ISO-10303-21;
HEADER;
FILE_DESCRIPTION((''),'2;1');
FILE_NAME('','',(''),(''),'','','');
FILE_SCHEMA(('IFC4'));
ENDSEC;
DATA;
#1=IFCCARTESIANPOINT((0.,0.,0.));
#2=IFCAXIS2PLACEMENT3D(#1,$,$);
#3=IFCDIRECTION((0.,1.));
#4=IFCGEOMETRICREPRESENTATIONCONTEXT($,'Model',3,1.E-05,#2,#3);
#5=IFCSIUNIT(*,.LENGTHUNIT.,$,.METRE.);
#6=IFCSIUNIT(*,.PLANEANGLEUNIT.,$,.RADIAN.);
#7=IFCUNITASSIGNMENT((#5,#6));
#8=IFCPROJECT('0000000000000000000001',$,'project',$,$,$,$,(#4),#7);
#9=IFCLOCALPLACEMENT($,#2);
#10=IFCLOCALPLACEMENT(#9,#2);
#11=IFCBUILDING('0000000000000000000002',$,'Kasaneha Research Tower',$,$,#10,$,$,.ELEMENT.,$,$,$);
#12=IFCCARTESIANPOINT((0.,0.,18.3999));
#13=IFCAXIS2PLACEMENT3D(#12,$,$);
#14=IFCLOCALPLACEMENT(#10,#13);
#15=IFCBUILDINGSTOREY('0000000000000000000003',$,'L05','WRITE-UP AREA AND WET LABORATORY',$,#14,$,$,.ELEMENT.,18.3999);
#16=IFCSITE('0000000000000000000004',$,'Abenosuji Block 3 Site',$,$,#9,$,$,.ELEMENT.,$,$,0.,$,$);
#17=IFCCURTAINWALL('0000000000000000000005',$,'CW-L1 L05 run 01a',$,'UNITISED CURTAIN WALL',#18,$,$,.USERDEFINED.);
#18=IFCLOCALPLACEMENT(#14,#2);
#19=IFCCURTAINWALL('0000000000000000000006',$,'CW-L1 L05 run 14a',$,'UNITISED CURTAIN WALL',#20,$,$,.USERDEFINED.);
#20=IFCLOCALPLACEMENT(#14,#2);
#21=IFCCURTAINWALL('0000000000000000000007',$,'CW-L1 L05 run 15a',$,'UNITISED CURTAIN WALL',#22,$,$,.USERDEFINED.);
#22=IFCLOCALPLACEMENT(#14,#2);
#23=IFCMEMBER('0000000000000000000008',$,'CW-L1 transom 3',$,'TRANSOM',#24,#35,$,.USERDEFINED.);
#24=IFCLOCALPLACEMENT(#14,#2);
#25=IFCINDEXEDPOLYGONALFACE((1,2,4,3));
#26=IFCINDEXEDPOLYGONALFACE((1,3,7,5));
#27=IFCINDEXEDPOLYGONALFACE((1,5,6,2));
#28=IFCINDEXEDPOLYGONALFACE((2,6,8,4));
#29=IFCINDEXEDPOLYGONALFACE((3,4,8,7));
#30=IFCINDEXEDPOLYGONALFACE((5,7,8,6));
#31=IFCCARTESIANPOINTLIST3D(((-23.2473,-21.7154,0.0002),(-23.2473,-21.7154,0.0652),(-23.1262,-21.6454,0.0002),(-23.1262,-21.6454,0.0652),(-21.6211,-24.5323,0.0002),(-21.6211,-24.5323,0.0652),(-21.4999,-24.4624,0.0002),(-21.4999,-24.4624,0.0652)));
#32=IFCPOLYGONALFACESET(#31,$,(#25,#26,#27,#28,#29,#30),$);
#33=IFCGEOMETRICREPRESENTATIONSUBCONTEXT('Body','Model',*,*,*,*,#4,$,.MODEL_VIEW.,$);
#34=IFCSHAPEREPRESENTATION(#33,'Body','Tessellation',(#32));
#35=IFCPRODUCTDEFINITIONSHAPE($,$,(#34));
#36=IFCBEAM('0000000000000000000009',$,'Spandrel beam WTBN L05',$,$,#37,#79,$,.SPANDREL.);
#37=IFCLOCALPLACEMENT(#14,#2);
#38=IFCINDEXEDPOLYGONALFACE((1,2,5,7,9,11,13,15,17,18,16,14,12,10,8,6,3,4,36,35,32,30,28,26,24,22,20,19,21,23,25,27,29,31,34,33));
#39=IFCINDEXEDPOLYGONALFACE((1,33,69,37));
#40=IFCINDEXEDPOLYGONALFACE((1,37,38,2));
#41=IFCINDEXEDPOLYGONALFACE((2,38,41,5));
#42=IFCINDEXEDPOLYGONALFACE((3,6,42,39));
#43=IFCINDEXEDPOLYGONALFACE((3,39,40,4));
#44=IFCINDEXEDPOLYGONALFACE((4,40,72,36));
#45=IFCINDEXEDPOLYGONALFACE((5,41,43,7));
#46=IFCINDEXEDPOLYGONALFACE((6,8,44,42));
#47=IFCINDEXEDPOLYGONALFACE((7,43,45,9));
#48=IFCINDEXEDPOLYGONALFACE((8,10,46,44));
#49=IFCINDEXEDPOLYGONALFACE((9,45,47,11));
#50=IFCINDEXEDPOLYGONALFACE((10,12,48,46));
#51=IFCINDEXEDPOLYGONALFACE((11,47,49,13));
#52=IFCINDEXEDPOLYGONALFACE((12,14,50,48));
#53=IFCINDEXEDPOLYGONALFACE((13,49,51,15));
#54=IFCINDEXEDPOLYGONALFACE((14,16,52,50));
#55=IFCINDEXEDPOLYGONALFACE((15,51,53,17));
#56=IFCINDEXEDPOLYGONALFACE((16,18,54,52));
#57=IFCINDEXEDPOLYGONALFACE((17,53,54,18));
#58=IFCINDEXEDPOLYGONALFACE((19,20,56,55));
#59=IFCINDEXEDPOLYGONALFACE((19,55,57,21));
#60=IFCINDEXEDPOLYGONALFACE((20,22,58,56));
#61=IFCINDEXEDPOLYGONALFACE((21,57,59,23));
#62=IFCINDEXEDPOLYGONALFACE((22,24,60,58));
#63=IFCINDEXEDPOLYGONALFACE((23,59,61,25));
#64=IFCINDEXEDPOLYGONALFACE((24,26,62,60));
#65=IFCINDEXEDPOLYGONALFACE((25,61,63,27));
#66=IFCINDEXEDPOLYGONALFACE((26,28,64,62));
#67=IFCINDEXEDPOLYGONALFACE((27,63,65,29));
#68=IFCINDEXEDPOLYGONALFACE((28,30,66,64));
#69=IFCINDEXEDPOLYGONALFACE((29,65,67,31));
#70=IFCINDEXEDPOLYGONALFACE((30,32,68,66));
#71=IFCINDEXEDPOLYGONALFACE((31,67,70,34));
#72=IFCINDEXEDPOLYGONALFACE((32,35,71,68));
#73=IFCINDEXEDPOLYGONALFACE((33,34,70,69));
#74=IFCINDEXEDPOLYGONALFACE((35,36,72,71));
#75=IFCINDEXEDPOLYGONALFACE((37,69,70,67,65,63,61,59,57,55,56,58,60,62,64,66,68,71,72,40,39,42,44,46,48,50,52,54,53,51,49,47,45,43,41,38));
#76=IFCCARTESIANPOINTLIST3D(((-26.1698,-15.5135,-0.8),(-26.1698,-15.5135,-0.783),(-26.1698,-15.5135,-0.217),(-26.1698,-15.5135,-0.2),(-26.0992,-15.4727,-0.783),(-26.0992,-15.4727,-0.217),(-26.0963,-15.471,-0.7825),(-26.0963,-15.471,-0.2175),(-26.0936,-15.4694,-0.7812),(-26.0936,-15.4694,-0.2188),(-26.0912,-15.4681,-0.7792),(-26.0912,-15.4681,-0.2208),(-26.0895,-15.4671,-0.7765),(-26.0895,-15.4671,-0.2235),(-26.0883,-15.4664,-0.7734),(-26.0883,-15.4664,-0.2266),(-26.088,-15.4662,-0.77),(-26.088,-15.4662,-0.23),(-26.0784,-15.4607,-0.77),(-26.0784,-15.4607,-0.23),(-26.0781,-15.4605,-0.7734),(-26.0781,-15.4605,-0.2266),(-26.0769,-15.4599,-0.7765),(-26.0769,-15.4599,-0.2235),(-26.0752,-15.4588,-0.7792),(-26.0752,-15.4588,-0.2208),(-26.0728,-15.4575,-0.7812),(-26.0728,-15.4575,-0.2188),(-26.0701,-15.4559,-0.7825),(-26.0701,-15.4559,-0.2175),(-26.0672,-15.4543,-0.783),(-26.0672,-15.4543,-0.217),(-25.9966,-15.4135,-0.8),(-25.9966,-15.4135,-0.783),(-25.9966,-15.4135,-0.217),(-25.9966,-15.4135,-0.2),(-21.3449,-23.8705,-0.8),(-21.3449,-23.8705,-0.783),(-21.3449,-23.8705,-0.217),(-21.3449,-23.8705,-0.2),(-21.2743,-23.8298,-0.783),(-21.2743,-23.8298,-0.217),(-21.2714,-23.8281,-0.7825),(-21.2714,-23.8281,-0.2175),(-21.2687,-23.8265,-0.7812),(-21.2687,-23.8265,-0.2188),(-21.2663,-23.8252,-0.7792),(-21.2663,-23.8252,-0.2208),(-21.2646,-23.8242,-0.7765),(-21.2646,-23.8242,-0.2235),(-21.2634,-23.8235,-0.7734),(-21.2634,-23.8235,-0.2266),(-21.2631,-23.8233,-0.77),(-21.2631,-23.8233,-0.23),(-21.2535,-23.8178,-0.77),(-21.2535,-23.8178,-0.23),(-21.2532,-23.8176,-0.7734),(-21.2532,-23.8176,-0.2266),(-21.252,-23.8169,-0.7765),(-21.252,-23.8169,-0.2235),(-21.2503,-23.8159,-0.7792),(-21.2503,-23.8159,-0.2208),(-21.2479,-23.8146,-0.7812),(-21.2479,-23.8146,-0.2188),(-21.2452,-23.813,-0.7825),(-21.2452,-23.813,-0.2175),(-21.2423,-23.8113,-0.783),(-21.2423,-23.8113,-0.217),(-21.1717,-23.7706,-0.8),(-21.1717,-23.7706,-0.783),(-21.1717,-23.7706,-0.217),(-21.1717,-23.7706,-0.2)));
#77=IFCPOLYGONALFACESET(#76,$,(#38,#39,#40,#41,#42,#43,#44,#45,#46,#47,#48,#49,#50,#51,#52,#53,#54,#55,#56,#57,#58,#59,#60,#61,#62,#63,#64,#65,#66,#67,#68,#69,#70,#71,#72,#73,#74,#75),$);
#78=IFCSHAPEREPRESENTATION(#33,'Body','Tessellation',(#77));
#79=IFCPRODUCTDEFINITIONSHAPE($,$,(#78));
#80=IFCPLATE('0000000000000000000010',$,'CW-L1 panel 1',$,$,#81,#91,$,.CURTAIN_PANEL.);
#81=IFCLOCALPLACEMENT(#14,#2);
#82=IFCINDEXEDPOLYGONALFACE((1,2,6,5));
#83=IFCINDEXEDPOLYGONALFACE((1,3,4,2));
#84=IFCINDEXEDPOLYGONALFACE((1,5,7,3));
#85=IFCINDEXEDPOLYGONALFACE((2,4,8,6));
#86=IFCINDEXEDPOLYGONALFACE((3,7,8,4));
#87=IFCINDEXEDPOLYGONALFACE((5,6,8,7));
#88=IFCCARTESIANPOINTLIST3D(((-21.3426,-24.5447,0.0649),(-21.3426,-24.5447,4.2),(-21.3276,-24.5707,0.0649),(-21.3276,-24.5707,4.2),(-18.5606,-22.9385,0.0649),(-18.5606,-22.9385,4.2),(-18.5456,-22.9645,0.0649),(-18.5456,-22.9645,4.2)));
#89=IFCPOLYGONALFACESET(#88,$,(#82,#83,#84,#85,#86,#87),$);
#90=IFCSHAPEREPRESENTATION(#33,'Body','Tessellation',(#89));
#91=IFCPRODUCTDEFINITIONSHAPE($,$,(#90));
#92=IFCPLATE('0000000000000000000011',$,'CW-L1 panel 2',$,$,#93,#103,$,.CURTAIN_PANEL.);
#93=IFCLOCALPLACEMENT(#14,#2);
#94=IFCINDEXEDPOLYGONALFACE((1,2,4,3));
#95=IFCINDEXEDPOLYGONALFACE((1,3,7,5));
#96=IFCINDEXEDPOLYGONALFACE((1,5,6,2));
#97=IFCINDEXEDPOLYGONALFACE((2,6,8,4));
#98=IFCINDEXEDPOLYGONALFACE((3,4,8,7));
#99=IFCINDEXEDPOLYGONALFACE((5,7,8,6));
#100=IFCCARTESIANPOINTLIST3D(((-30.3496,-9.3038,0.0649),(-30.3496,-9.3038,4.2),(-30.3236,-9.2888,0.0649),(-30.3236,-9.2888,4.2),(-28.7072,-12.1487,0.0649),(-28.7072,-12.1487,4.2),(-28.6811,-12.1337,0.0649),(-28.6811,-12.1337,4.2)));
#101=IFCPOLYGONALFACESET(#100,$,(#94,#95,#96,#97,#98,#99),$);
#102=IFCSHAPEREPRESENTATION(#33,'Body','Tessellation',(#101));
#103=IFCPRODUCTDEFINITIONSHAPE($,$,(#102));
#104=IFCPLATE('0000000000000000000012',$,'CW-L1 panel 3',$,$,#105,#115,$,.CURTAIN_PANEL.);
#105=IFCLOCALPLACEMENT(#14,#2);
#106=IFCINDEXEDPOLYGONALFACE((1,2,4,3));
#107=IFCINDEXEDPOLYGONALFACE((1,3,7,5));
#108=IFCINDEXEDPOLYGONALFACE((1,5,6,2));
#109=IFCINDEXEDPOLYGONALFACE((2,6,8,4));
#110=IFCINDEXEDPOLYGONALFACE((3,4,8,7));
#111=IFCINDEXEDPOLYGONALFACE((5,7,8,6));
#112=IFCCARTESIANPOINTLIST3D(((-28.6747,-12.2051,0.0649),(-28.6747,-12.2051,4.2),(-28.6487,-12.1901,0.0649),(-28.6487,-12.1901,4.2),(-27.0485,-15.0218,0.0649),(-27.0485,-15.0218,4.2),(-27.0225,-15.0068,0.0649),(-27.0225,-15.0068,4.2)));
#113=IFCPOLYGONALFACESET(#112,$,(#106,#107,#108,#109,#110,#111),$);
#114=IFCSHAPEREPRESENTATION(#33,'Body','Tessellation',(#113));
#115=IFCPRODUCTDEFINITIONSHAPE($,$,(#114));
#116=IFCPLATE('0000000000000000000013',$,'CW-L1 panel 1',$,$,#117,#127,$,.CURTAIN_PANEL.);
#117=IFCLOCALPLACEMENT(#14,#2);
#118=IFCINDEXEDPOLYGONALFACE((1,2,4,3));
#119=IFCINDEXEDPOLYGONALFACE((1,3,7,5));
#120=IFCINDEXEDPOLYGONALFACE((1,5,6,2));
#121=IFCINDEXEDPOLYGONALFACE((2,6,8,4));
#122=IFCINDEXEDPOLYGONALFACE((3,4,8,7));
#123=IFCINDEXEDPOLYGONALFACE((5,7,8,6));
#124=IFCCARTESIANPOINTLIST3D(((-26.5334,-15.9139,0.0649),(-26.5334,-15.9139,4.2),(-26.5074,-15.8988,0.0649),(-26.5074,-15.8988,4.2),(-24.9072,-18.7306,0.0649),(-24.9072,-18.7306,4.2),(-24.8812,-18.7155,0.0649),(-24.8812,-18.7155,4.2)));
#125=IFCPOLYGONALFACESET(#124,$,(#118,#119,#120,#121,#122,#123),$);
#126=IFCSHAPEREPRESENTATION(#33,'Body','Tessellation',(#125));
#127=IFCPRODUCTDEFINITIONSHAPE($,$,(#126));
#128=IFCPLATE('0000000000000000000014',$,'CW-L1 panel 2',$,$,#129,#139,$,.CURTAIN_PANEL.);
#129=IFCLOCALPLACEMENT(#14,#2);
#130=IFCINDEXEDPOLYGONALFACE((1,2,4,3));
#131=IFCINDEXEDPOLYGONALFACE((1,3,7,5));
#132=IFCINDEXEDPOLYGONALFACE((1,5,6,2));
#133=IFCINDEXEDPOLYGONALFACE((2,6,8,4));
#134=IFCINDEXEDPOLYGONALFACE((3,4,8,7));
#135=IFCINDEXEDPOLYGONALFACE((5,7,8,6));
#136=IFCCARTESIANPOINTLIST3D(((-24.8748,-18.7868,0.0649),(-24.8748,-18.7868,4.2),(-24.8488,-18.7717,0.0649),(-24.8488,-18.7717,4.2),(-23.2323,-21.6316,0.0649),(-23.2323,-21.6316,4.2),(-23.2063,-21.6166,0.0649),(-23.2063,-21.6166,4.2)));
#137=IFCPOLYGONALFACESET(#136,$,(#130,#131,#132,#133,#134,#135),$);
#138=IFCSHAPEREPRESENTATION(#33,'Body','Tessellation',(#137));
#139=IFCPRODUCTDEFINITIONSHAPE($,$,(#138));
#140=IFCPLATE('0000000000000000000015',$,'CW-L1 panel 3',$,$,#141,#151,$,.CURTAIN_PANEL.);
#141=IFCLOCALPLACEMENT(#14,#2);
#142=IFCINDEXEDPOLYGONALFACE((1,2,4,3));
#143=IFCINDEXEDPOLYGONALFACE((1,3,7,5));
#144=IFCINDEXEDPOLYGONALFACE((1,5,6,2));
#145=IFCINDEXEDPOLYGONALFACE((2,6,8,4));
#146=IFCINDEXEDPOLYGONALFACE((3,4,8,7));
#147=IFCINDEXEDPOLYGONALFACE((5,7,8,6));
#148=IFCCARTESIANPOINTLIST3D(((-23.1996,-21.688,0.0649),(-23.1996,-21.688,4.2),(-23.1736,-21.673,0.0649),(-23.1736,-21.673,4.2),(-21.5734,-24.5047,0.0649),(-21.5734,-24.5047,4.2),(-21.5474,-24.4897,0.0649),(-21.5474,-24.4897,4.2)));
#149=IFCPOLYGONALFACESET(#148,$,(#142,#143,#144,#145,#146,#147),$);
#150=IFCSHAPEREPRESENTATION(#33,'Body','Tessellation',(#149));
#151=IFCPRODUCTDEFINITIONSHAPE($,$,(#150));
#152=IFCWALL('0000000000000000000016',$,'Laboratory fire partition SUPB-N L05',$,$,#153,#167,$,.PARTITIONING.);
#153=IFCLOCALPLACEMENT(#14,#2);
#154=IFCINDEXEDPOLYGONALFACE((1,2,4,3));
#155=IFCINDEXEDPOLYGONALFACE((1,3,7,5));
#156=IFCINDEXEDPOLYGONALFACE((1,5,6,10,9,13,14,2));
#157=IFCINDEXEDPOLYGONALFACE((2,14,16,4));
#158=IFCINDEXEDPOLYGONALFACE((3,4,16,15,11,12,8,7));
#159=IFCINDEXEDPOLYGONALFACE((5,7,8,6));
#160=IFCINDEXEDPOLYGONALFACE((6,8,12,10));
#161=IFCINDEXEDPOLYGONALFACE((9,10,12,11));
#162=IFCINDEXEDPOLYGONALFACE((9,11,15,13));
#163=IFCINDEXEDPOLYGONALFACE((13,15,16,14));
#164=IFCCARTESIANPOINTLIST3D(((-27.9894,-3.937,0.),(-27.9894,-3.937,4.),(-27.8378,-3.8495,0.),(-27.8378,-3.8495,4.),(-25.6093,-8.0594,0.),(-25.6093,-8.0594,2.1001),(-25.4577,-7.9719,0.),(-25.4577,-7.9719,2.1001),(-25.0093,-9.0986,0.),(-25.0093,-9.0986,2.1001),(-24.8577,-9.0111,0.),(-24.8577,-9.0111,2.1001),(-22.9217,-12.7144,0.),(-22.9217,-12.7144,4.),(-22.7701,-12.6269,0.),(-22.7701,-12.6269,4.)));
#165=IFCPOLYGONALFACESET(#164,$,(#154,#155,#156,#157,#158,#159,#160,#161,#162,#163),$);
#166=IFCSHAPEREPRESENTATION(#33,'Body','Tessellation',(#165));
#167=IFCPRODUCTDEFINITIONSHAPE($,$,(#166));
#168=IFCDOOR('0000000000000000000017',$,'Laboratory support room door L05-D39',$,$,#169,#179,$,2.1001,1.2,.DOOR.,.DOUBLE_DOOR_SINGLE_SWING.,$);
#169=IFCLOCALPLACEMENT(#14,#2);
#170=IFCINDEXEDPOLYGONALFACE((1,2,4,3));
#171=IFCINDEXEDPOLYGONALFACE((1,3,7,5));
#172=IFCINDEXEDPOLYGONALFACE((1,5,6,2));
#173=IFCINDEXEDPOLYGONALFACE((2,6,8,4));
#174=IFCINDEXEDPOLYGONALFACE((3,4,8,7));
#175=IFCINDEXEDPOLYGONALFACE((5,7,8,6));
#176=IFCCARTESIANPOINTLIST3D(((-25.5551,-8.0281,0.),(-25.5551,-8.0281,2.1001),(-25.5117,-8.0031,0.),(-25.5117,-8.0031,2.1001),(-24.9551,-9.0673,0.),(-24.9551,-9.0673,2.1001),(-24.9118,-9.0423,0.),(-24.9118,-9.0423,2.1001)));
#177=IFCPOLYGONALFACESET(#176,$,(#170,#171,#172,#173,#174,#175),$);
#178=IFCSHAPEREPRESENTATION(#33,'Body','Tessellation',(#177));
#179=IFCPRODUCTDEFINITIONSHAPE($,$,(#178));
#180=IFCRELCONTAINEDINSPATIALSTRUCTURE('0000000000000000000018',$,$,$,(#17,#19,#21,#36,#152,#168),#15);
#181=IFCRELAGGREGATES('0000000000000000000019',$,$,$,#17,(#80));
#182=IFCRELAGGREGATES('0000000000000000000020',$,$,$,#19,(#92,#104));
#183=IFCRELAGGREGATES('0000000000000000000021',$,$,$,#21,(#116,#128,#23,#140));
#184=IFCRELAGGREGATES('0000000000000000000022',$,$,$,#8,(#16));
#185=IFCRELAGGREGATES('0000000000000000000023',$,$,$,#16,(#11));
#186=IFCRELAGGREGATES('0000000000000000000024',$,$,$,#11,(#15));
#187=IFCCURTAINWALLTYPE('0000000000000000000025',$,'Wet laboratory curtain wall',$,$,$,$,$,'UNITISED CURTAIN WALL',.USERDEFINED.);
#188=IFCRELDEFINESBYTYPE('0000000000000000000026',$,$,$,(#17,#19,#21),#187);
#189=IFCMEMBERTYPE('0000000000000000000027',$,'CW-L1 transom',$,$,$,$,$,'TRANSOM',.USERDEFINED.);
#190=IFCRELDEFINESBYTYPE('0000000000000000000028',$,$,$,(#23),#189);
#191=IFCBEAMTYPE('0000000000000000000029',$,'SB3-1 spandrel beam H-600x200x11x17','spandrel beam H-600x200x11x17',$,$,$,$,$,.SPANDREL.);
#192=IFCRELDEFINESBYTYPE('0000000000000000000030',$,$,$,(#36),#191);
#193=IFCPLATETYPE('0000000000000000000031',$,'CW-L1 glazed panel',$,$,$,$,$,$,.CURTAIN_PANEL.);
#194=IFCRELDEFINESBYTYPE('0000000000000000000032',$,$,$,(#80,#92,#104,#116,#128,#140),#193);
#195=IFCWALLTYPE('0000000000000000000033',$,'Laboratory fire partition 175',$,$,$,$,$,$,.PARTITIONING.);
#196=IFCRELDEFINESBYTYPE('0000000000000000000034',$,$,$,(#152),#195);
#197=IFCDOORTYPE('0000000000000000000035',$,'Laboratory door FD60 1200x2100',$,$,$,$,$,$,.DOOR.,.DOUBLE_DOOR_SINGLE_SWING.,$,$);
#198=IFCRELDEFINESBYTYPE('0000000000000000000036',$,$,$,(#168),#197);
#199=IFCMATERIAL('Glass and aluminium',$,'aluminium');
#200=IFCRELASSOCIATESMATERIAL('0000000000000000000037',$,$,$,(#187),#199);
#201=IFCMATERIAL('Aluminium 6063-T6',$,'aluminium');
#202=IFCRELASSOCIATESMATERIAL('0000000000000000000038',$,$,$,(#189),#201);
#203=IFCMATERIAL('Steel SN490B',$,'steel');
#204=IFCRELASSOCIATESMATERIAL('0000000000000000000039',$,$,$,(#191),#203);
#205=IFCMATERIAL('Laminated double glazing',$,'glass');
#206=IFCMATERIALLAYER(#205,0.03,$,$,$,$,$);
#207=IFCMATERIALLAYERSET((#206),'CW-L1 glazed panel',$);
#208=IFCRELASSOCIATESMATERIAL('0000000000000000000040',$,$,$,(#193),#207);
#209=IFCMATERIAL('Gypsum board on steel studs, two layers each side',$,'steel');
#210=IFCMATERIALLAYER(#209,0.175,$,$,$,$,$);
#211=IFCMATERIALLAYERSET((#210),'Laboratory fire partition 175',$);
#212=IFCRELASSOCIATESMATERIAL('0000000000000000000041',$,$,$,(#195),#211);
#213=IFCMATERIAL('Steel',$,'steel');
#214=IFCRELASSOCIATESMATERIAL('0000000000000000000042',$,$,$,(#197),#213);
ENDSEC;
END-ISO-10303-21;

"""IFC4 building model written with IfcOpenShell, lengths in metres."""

from ifc_helpers import new_model, si_unit, direction, frame, frame_2d, origin, origin_2d, place, context, subcontext, project, spatial, rectangle, i_section, extrude, material, layer, layer_set, material_profile, profile_set, type_object, element, fill, aggregate, save


model = new_model("IFC4")

# Units and contexts
model_context = context("Model", 3, precision=1e-05, world=origin(), true_north=direction((0.0, 1.0)))
body_context = subcontext(model_context, "Body", "Model", "MODEL_VIEW")
ifc_project = project(units=[si_unit("LENGTHUNIT", "METRE"), si_unit("PLANEANGLEUNIT", "RADIAN")], contexts=[model_context])

# Site, building, storey
site_placement = place(None, origin())
site = spatial("IfcSite", under=ifc_project, at=site_placement, Name="Abenosuji Block 3 Site", CompositionType="ELEMENT", RefElevation=0.0)
building_placement = place(site_placement, origin())
building = spatial("IfcBuilding", under=site, at=building_placement, Name="Kasaneha Research Tower", CompositionType="ELEMENT")
storey_placement = place(building_placement, frame((0.0, 0.0, 18.3999)))
storey = spatial("IfcBuildingStorey", under=building, at=storey_placement, Name="L05", Description="WRITE-UP AREA AND WET LABORATORY", CompositionType="ELEMENT", Elevation=18.3999)

# Curtain wall
ifc_material_1 = material(Name="Glass and aluminium", Category="aluminium")
curtain_wall_type = type_object("IfcCurtainWallType", Name="Wet laboratory curtain wall", ElementType="UNITISED CURTAIN WALL", PredefinedType="USERDEFINED", material=ifc_material_1)
curtain_wall_1_placement = place(storey_placement, origin())
curtain_wall_1 = element("IfcCurtainWall", 1, at=curtain_wall_1_placement, inside=storey, type_object=curtain_wall_type, Name="CW-L1 L05 run 01a", ObjectType="UNITISED CURTAIN WALL", PredefinedType="USERDEFINED")

# Curtain walls
curtain_wall_2_placement = place(storey_placement, origin())
curtain_wall_2 = element("IfcCurtainWall", 2, at=curtain_wall_2_placement, inside=storey, type_object=curtain_wall_type, Name="CW-L1 L05 run 14a", ObjectType="UNITISED CURTAIN WALL", PredefinedType="USERDEFINED")
curtain_wall_3_placement = place(storey_placement, origin())
curtain_wall_3 = element("IfcCurtainWall", 3, at=curtain_wall_3_placement, inside=storey, type_object=curtain_wall_type, Name="CW-L1 L05 run 15a", ObjectType="UNITISED CURTAIN WALL", PredefinedType="USERDEFINED")

# Member
ifc_material_2 = material(Name="Aluminium 6063-T6", Category="aluminium")
ifc_material_profile_1 = material_profile(ifc_material_2, rectangle(XDim=0.1399, YDim=0.0649, at=origin_2d()), Name="CW-L1 transom 140x65")
ifc_profile_set_1 = profile_set([ifc_material_profile_1], Name="Aluminium 6063-T6")
member_type_1 = type_object("IfcMemberType", Name="CW-L1 transom", ElementType="TRANSOM", PredefinedType="USERDEFINED", material=ifc_profile_set_1)
member_1_placement = place(storey_placement, frame((-23.1868, -21.6804, 0.0327), z_axis=(0.499974, -0.866041, 0.0), x_axis=(0.866041, 0.499974, 0.0)))
member_1 = element("IfcMember", 4, at=member_1_placement, type_object=member_type_1, Name="CW-L1 transom 3", ObjectType="TRANSOM", PredefinedType="USERDEFINED", context=body_context, shape_type="SweptSolid", body=[
    extrude(rectangle(XDim=0.1399, YDim=0.0649, at=origin_2d()), origin(), (0.0, 0.0, 1.0), 3.2527),
])

# Beam
ifc_material_3 = material(Name="Steel SN490B", Category="steel")
ifc_material_profile_2 = material_profile(ifc_material_3, i_section(OverallWidth=0.2, OverallDepth=0.6001, WebThickness=0.011, FlangeThickness=0.0171, FilletRadius=0.0129, at=origin_2d()), Name="H-600x200x11x17")
ifc_profile_set_2 = profile_set([ifc_material_profile_2], Name="Steel SN490B")
beam_type = type_object("IfcBeamType", Name="SB3-1 spandrel beam H-600x200x11x17", Description="spandrel beam H-600x200x11x17", PredefinedType="SPANDREL", material=ifc_profile_set_2)
beam_placement = place(storey_placement, frame((-21.2583, -23.8206, -0.5), z_axis=(-0.499995, 0.866028, 0.0), x_axis=(-0.866028, -0.499995, 0.0)))
element("IfcBeam", 5, at=beam_placement, inside=storey, type_object=beam_type, Name="Spandrel beam WTBN L05", PredefinedType="SPANDREL", context=body_context, shape_type="SweptSolid", body=[
    extrude(i_section(OverallWidth=0.2, OverallDepth=0.6001, WebThickness=0.011, FlangeThickness=0.0171, FilletRadius=0.0129, at=origin_2d()), origin(), (0.0, 0.0, 1.0), 9.6499),
])

# Plates
ifc_material_4 = material(Name="Laminated double glazing", Category="glass")
ifc_layer_1 = layer(ifc_material_4, 0.03)
ifc_layer_set_1 = layer_set([ifc_layer_1], Name="CW-L1 glazed panel")
plate_type = type_object("IfcPlateType", Name="CW-L1 glazed panel", PredefinedType="CURTAIN_PANEL", material=ifc_layer_set_1)
plate_1_placement = place(storey_placement, frame((-19.9441, -23.7546, 0.0649), z_axis=(0.0, 0.0, 1.0), x_axis=(0.866025, 0.5, 0.0)))
plate_1 = element("IfcPlate", 6, at=plate_1_placement, type_object=plate_type, Name="CW-L1 panel 1", PredefinedType="CURTAIN_PANEL", context=body_context, shape_type="SweptSolid", body=[
    extrude(rectangle(XDim=3.2124, YDim=0.03, at=origin_2d()), origin(), (0.0, 0.0, 1.0), 4.135),
])
aggregate(curtain_wall_1, [plate_1])
plate_2_placement = place(storey_placement, frame((-29.5154, -10.7188, 0.0649), z_axis=(0.0, 0.0, 1.0), x_axis=(0.5, -0.866025, 0.0)))
plate_2 = element("IfcPlate", 7, at=plate_2_placement, type_object=plate_type, Name="CW-L1 panel 2", PredefinedType="CURTAIN_PANEL", context=body_context, shape_type="SweptSolid", body=[
    extrude(rectangle(XDim=3.2849, YDim=0.03, at=origin_2d()), origin(), (0.0, 0.0, 1.0), 4.135),
])
plate_3_placement = place(storey_placement, frame((-27.8486, -13.606, 0.0649), z_axis=(0.0, 0.0, 1.0), x_axis=(0.5, -0.866025, 0.0)))
plate_3 = element("IfcPlate", 8, at=plate_3_placement, type_object=plate_type, Name="CW-L1 panel 3", PredefinedType="CURTAIN_PANEL", context=body_context, shape_type="SweptSolid", body=[
    extrude(rectangle(XDim=3.2524, YDim=0.03, at=origin_2d()), origin(), (0.0, 0.0, 1.0), 4.135),
])
aggregate(curtain_wall_2, [plate_2, plate_3])
plate_4_placement = place(storey_placement, frame((-25.7073, -17.3147, 0.0649), z_axis=(0.0, 0.0, 1.0), x_axis=(0.5, -0.866025, 0.0)))
plate_4 = element("IfcPlate", 9, at=plate_4_placement, type_object=plate_type, Name="CW-L1 panel 1", PredefinedType="CURTAIN_PANEL", context=body_context, shape_type="SweptSolid", body=[
    extrude(rectangle(XDim=3.2524, YDim=0.03, at=origin_2d()), origin(), (0.0, 0.0, 1.0), 4.135),
])
plate_5_placement = place(storey_placement, frame((-24.0405, -20.2017, 0.0649), z_axis=(0.0, 0.0, 1.0), x_axis=(0.5, -0.866025, 0.0)))
plate_5 = element("IfcPlate", 10, at=plate_5_placement, type_object=plate_type, Name="CW-L1 panel 2", PredefinedType="CURTAIN_PANEL", context=body_context, shape_type="SweptSolid", body=[
    extrude(rectangle(XDim=3.2849, YDim=0.03, at=origin_2d()), origin(), (0.0, 0.0, 1.0), 4.135),
])
plate_6_placement = place(storey_placement, frame((-22.3735, -23.0889, 0.0649), z_axis=(0.0, 0.0, 1.0), x_axis=(0.5, -0.866025, 0.0)))
plate_6 = element("IfcPlate", 11, at=plate_6_placement, type_object=plate_type, Name="CW-L1 panel 3", PredefinedType="CURTAIN_PANEL", context=body_context, shape_type="SweptSolid", body=[
    extrude(rectangle(XDim=3.2524, YDim=0.03, at=origin_2d()), origin(), (0.0, 0.0, 1.0), 4.135),
])
aggregate(curtain_wall_3, [plate_4, plate_5, member_1, plate_6])

# Wall, opening, door
ifc_material_5 = material(Name="Gypsum board on steel studs, two layers each side", Category="steel")
ifc_layer_2 = layer(ifc_material_5, 0.175)
ifc_layer_set_2 = layer_set([ifc_layer_2], Name="Laboratory fire partition 175")
wall_type = type_object("IfcWallType", Name="Laboratory fire partition 175", PredefinedType="PARTITIONING", material=ifc_layer_set_2)
wall_1_placement = place(storey_placement, frame((-22.8459, -12.6707, 0.0), z_axis=(0.0, 0.0, 1.0), x_axis=(-0.500002, 0.866024, 0.0)))
wall_1 = element("IfcWall", 12, at=wall_1_placement, inside=storey, type_object=wall_type, Name="Laboratory fire partition SUPB-N L05", PredefinedType="PARTITIONING", context=body_context, shape_type="SweptSolid", body=[
    extrude(rectangle(XDim=10.1353, YDim=0.175, at=frame_2d((5.0676, 0.0))), origin(), (0.0, 0.0, 1.0), 4.0),
])
opening_1_placement = place(wall_1_placement, frame((4.175, 0.0, 0.0)))
opening_1 = element("IfcOpeningElement", 13, at=opening_1_placement, cuts=wall_1, PredefinedType="OPENING", context=body_context, shape_type="SweptSolid", body=[
    extrude(rectangle(XDim=1.2, YDim=2.1001, at=frame_2d((0.6001, 1.05))), frame((0.0, 0.0977, 0.0), z_axis=(0.0, -1.0, 0.0), x_axis=(1.0, 0.0, 0.0)), (0.0, 0.0, 1.0), 0.1951),
])
ifc_material_6 = material(Name="Steel", Category="steel")
door_type = type_object("IfcDoorType", Name="Laboratory door FD60 1200x2100", OperationType="DOUBLE_DOOR_SINGLE_SWING", PredefinedType="DOOR", material=ifc_material_6)
door_1_placement = place(opening_1_placement, origin())
door_1 = element("IfcDoor", 14, at=door_1_placement, inside=storey, type_object=door_type, Name="Laboratory support room door L05-D39", OperationType="DOUBLE_DOOR_SINGLE_SWING", OverallHeight=2.1001, OverallWidth=1.2, PredefinedType="DOOR", context=body_context, shape_type="SweptSolid", body=[
    extrude(rectangle(XDim=1.2, YDim=2.1001, at=frame_2d((0.6001, 1.05))), frame((0.0, 0.0249, 0.0), z_axis=(0.0, -1.0, 0.0), x_axis=(1.0, 0.0, 0.0)), (0.0, 0.0, 1.0), 0.05),
])
fill(opening_1, door_1)

save(model, "model.ifc")
